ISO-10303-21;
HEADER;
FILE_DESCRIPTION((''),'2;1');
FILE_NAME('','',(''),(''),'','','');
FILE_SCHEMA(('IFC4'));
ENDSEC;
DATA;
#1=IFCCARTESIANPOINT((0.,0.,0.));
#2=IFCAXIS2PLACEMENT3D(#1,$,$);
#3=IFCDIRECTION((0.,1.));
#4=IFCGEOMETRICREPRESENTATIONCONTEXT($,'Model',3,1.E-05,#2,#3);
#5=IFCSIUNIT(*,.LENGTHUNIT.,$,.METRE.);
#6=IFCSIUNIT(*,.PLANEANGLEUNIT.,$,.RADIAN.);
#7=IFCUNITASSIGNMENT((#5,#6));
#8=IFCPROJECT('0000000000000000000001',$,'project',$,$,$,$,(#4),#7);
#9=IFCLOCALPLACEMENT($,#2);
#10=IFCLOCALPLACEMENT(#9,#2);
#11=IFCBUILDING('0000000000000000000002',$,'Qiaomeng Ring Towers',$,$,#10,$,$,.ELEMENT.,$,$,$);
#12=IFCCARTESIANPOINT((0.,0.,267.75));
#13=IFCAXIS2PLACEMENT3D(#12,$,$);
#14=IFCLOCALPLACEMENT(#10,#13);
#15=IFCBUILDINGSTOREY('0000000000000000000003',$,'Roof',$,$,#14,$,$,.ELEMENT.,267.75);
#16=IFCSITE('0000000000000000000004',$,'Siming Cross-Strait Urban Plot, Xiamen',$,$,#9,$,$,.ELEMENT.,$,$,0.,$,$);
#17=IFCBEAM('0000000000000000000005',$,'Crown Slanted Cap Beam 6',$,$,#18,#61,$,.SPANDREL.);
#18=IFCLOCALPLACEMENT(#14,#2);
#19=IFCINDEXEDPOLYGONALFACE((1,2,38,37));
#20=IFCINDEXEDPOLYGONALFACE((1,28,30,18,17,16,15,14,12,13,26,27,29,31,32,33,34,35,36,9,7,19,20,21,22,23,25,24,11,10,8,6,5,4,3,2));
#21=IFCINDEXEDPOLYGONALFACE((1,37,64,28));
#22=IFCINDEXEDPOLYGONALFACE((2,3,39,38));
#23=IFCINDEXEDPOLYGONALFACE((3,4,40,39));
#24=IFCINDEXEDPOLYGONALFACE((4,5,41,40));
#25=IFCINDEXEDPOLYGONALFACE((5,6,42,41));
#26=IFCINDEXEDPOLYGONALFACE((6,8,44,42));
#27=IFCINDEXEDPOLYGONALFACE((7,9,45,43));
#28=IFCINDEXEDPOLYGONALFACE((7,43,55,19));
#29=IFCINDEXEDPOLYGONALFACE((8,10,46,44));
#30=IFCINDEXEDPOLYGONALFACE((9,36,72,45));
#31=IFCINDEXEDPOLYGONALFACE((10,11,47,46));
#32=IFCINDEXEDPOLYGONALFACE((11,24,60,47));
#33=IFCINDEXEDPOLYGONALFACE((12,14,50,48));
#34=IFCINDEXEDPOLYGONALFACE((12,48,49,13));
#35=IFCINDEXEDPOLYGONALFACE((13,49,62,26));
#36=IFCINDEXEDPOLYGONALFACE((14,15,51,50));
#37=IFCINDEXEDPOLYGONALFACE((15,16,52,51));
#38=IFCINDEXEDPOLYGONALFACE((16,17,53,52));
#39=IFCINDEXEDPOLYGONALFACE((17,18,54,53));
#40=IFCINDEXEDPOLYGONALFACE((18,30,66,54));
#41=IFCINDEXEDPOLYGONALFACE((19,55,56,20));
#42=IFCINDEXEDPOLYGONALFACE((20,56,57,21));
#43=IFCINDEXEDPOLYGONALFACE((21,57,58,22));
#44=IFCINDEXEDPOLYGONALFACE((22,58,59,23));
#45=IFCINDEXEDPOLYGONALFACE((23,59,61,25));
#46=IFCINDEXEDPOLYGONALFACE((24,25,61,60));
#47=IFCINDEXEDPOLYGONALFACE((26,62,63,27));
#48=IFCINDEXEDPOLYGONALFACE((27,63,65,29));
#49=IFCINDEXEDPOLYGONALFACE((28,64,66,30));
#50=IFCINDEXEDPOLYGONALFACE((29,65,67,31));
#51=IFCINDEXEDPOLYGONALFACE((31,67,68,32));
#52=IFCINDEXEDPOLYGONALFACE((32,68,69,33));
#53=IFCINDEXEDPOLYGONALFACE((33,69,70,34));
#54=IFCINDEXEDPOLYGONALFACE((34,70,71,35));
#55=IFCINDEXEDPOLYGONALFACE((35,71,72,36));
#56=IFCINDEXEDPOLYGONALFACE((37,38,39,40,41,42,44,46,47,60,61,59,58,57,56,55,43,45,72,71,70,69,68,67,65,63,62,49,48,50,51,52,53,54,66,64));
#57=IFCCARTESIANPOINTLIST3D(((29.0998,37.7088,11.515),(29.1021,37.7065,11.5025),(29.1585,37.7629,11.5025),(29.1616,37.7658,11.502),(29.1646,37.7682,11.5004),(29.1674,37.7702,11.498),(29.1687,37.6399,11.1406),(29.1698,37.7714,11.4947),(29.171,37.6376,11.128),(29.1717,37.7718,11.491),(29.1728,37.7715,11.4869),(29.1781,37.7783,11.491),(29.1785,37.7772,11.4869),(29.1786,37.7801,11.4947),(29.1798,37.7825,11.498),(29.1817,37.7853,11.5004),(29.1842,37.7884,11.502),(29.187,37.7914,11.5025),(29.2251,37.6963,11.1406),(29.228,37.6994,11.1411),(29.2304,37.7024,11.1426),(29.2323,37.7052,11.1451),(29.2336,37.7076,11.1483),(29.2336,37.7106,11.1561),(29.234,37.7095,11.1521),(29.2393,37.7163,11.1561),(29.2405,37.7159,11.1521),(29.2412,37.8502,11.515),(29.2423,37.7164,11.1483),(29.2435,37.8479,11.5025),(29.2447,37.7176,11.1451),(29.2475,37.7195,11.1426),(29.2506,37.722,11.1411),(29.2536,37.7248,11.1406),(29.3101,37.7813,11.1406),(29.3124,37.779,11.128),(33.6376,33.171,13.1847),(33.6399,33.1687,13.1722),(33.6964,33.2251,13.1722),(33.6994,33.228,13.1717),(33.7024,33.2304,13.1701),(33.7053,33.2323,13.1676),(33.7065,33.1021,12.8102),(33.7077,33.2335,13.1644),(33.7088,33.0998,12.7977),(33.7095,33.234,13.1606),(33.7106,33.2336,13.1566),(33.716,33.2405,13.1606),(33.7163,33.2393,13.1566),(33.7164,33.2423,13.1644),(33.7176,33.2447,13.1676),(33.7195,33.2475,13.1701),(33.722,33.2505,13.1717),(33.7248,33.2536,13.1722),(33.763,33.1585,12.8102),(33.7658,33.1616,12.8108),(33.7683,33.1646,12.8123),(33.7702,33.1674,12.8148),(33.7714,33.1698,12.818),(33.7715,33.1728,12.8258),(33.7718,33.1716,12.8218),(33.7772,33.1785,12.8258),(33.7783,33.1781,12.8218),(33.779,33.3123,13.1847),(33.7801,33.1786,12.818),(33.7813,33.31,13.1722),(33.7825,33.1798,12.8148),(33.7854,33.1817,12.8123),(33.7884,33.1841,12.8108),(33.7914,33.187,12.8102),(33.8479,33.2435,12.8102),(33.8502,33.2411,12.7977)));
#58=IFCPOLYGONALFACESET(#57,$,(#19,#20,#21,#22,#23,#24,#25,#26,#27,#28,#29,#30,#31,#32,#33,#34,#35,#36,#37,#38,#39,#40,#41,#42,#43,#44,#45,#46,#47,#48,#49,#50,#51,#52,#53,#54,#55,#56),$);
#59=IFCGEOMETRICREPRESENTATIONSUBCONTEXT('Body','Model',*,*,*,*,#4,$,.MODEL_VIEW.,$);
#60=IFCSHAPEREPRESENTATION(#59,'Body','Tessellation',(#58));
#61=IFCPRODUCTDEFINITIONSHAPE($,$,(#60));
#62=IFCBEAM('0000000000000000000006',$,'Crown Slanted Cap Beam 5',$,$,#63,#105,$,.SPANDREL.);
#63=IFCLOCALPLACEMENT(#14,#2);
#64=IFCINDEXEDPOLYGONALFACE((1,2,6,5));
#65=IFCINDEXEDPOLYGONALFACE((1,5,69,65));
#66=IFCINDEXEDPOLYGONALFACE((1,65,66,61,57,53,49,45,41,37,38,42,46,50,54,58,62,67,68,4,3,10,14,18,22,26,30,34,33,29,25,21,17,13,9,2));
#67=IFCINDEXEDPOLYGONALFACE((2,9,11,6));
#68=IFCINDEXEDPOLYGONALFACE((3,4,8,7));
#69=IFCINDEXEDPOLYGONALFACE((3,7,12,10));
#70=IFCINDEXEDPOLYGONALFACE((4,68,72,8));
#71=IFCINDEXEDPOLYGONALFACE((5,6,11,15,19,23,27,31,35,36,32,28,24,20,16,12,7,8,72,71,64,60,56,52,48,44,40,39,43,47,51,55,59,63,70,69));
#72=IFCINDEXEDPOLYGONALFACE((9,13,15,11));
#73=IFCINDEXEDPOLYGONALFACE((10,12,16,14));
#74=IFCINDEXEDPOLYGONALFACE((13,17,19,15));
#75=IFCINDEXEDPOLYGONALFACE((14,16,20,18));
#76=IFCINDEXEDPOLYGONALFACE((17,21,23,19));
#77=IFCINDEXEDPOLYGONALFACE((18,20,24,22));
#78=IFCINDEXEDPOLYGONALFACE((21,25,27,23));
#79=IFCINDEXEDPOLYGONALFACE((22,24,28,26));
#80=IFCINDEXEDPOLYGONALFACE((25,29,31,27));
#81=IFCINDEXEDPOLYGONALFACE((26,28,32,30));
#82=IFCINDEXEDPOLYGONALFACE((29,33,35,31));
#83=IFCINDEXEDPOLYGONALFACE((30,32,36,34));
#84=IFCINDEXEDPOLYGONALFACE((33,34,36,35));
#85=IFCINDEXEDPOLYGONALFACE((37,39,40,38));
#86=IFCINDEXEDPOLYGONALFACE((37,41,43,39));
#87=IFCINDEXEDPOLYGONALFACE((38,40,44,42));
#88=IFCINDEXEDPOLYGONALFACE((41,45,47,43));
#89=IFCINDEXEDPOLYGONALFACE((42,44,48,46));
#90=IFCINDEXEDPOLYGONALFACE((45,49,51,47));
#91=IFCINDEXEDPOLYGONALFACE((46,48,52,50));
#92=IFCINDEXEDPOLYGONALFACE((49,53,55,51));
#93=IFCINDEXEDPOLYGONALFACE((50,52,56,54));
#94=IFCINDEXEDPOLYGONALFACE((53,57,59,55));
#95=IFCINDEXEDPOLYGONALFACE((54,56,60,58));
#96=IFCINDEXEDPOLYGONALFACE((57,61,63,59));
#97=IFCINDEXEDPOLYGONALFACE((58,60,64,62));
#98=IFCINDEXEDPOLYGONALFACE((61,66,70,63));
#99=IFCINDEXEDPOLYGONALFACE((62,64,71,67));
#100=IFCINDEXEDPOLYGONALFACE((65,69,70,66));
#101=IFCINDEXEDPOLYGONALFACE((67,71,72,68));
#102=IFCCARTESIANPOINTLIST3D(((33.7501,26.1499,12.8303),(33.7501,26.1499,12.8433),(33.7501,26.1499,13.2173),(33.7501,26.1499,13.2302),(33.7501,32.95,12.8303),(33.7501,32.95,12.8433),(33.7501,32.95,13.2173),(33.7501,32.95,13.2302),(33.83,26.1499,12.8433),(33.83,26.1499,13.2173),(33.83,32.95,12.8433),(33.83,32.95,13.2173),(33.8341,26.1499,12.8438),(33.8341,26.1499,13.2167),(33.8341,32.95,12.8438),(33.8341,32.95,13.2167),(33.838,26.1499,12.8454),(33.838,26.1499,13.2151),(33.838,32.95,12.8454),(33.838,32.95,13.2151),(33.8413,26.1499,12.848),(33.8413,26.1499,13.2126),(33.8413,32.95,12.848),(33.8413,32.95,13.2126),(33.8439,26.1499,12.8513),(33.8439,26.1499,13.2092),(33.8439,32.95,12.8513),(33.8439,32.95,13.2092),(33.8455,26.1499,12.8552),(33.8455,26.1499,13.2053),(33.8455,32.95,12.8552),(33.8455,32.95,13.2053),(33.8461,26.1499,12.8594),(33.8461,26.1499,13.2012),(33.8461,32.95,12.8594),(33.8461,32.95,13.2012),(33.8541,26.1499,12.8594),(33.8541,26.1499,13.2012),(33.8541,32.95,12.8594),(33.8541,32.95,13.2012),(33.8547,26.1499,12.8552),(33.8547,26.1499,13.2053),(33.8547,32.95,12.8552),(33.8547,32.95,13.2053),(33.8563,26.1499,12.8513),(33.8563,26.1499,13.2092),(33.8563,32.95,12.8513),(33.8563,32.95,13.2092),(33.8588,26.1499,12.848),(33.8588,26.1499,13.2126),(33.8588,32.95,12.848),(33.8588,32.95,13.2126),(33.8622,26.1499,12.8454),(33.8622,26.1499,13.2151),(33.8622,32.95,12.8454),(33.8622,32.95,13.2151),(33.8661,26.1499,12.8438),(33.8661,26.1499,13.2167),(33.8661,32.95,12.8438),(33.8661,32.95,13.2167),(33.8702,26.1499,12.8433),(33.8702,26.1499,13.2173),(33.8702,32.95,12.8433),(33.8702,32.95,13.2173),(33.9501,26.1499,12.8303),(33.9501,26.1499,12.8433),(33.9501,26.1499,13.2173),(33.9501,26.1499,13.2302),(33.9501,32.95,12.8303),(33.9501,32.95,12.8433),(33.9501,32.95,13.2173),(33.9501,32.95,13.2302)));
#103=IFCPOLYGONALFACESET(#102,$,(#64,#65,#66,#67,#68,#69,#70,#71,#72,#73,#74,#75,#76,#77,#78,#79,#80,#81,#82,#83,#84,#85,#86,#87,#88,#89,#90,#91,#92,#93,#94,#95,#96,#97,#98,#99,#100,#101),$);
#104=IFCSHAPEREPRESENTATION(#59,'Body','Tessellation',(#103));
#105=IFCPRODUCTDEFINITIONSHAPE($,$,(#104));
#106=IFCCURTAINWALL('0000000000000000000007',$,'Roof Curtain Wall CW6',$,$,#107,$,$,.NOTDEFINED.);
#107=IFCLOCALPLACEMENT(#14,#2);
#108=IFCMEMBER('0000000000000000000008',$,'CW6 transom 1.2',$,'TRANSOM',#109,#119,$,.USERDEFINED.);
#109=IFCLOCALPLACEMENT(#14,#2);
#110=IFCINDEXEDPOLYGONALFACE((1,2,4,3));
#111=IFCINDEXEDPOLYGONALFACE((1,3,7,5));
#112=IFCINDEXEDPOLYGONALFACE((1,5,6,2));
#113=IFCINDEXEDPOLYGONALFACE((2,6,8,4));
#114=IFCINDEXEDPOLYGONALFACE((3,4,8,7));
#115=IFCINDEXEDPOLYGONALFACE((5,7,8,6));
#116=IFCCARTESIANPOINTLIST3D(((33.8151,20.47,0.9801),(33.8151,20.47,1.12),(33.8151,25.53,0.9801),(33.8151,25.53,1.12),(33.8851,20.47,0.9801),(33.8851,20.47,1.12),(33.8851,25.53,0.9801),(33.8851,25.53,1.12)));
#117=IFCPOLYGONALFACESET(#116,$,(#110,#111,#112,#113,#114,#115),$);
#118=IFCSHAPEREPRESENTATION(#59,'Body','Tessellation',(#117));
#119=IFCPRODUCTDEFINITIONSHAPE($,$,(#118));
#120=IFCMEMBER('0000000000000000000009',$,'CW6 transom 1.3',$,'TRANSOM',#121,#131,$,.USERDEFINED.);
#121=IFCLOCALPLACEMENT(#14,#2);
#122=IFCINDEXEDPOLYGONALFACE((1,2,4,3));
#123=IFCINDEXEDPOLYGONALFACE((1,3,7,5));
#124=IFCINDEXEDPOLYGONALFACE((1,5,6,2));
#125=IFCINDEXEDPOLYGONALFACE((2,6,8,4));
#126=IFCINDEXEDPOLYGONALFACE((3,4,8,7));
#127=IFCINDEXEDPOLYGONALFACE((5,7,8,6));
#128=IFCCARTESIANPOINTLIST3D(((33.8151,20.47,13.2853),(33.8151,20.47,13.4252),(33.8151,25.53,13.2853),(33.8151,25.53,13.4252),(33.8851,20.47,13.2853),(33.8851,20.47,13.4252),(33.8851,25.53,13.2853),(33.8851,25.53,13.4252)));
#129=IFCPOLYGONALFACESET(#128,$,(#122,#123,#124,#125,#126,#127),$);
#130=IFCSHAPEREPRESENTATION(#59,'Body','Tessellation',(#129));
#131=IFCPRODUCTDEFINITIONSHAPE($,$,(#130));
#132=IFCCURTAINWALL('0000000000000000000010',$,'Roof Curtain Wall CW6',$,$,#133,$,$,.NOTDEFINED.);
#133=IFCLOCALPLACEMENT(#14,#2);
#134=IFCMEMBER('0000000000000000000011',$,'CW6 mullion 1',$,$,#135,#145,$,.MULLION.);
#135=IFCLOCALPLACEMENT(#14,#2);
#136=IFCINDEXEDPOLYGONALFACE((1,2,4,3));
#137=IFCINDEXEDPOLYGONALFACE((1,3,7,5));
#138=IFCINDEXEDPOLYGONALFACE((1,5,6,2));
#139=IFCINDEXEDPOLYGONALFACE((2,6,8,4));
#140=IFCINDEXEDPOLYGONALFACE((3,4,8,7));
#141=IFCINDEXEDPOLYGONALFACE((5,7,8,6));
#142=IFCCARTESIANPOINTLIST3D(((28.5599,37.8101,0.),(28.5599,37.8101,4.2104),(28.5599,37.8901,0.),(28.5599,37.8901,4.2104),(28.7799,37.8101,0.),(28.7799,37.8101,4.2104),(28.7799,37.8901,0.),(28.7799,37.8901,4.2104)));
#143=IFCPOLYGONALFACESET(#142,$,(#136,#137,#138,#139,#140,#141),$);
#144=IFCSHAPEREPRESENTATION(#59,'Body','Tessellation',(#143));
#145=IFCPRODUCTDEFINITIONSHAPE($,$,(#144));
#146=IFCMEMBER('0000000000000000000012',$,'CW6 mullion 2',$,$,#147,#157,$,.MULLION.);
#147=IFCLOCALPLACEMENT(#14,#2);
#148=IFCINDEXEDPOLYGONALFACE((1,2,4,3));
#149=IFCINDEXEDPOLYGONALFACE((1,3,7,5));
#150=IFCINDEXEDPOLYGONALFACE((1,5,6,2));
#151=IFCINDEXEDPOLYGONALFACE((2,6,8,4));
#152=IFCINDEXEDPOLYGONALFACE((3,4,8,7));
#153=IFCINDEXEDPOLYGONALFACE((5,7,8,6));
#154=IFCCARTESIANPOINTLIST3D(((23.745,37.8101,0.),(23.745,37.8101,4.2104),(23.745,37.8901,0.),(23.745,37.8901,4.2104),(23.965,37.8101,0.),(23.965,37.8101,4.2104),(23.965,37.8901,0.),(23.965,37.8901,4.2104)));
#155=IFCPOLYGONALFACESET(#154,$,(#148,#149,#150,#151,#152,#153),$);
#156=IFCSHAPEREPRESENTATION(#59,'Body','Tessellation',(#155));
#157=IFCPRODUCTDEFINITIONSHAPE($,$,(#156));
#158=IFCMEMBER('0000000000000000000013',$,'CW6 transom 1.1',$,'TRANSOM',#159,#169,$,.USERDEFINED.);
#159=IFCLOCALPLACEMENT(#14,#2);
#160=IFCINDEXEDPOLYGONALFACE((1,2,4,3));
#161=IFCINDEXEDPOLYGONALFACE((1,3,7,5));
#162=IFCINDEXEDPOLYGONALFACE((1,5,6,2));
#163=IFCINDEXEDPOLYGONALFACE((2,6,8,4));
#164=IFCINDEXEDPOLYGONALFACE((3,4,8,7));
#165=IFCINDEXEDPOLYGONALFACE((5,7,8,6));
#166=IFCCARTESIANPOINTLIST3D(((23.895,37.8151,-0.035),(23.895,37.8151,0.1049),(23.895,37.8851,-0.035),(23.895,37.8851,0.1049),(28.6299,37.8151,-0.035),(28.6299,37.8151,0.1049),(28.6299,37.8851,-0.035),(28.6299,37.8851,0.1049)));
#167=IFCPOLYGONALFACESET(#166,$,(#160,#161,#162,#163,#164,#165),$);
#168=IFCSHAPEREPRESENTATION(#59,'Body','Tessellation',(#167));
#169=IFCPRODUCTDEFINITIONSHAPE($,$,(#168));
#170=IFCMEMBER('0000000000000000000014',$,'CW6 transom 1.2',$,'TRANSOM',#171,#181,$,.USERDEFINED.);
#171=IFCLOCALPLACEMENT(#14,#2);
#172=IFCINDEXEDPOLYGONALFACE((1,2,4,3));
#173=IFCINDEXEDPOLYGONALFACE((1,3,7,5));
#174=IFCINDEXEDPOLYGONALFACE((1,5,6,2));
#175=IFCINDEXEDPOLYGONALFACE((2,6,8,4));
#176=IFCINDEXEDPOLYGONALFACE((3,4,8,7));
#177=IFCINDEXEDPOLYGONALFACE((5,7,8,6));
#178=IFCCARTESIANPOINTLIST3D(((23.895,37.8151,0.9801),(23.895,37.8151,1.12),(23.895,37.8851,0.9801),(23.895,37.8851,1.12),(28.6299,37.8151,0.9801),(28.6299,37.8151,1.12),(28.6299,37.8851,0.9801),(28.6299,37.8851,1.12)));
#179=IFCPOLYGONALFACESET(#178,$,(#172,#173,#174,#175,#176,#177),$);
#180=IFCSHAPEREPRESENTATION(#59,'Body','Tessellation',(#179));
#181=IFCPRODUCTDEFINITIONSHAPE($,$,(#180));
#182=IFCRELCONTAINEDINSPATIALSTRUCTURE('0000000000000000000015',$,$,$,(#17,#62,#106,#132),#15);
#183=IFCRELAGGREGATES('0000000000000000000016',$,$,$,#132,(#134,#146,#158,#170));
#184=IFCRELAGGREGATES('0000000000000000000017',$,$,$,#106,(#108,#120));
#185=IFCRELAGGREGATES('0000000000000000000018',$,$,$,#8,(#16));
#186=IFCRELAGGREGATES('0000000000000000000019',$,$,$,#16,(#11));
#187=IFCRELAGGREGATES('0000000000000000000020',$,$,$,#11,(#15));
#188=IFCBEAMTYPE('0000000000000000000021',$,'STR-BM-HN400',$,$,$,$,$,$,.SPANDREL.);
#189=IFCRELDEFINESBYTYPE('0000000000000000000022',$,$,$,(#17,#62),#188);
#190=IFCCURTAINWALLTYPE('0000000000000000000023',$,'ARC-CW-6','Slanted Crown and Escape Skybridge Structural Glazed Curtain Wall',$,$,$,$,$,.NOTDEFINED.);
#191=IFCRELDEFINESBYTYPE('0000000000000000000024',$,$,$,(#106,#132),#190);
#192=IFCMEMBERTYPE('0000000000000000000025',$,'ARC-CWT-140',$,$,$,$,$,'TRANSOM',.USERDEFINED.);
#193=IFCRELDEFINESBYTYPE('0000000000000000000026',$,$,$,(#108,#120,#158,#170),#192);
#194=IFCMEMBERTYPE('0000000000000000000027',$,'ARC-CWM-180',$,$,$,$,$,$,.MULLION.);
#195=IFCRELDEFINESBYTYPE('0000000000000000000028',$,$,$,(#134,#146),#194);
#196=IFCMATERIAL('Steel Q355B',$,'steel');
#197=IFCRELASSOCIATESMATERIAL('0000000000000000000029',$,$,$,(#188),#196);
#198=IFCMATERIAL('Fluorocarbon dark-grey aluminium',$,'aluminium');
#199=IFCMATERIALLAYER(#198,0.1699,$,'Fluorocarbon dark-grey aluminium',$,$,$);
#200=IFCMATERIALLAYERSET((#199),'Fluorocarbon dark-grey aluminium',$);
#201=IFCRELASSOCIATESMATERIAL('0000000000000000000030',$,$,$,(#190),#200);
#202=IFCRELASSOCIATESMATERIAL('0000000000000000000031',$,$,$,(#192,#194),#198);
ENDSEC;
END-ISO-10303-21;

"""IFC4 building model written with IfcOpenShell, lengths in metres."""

from ifc_helpers import new_model, si_unit, direction, frame, origin, origin_2d, place, context, subcontext, project, spatial, rectangle, i_section, extrude, source, transform, mapped, material, layer, layer_set, material_profile, profile_set, type_object, element, aggregate, save


model = new_model("IFC4")

# Units and contexts
model_context = context("Model", 3, precision=1e-05, world=origin(), true_north=direction((0.0, 1.0)))
body_context = subcontext(model_context, "Body", "Model", "MODEL_VIEW")
ifc_project = project(units=[si_unit("LENGTHUNIT", "METRE"), si_unit("PLANEANGLEUNIT", "RADIAN")], contexts=[model_context])

# Site, building, storey
site_placement = place(None, origin())
site = spatial("IfcSite", under=ifc_project, at=site_placement, Name="Siming Cross-Strait Urban Plot, Xiamen", CompositionType="ELEMENT", RefElevation=0.0)
building_placement = place(site_placement, origin())
building = spatial("IfcBuilding", under=site, at=building_placement, Name="Qiaomeng Ring Towers", CompositionType="ELEMENT")
storey_placement = place(building_placement, frame((0.0, 0.0, 267.75)))
storey = spatial("IfcBuildingStorey", under=building, at=storey_placement, Name="Roof", CompositionType="ELEMENT", Elevation=267.75)

# Shared definitions
ifc_material_1 = material(Name="Steel Q355B", Category="steel")

# Beams
ifc_material_profile_1 = material_profile(ifc_material_1, i_section(OverallWidth=0.2, OverallDepth=0.3999, WebThickness=0.0081, FlangeThickness=0.0129, FilletRadius=0.0161, at=origin_2d()), Name="HN 400x200x8x13")
ifc_profile_set_1 = profile_set([ifc_material_profile_1], Name="Steel Q355B")
beam_type = type_object("IfcBeamType", Name="STR-BM-HN400", PredefinedType="SPANDREL", material=ifc_profile_set_1)
shared_shape_1 = source(origin(), body_context, "Body", "SweptSolid", [
    extrude(i_section(OverallWidth=0.2, OverallDepth=0.3999, WebThickness=0.0081, FlangeThickness=0.0129, FilletRadius=0.0161, at=origin_2d()), origin(), (0.0, 0.0, 1.0), 6.6311),
])
beam_1_placement = place(storey_placement, frame((33.7439, 33.2061, 12.9912), z_axis=(-0.684324, 0.684324, -0.251794), x_axis=(-0.707107, -0.707107, 0.0)))
element("IfcBeam", 1, at=beam_1_placement, inside=storey, type_object=beam_type, Name="Crown Slanted Cap Beam 6", PredefinedType="SPANDREL", context=body_context, shape_type="MappedRepresentation", body=[
    mapped(shared_shape_1, transform((0.0, 0.0, 0.0), x_axis=(1.0, 0.0, 0.0), y_axis=(0.0, 1.0, 0.0), z_axis=(0.0, 0.0, 1.0), scale=1.0)),
])
shared_shape_2 = source(origin(), body_context, "Body", "SweptSolid", [
    extrude(i_section(OverallWidth=0.2, OverallDepth=0.3999, WebThickness=0.0081, FlangeThickness=0.0129, FilletRadius=0.0161, at=origin_2d()), origin(), (0.0, 0.0, 1.0), 6.8),
])
beam_2_placement = place(storey_placement, frame((33.8501, 26.1499, 13.0303), z_axis=(0.0, 1.0, 0.0), x_axis=(-1.0, 0.0, 0.0)))
element("IfcBeam", 2, at=beam_2_placement, inside=storey, type_object=beam_type, Name="Crown Slanted Cap Beam 5", PredefinedType="SPANDREL", context=body_context, shape_type="MappedRepresentation", body=[
    mapped(shared_shape_2, transform((0.0, 0.0, 0.0), x_axis=(1.0, 0.0, 0.0), y_axis=(0.0, 1.0, 0.0), z_axis=(0.0, 0.0, 1.0), scale=1.0)),
])

# Curtain walls, members
ifc_material_2 = material(Name="Fluorocarbon dark-grey aluminium", Category="aluminium")
ifc_layer_1 = layer(ifc_material_2, 0.1699, Name="Fluorocarbon dark-grey aluminium")
ifc_layer_set_1 = layer_set([ifc_layer_1], Name="Fluorocarbon dark-grey aluminium")
curtain_wall_type = type_object("IfcCurtainWallType", Name="ARC-CW-6", Description="Slanted Crown and Escape Skybridge Structural Glazed Curtain Wall", PredefinedType="NOTDEFINED", material=ifc_layer_set_1)
curtain_wall_1_placement = place(storey_placement, origin())
curtain_wall_1 = element("IfcCurtainWall", 3, at=curtain_wall_1_placement, inside=storey, type_object=curtain_wall_type, Name="Roof Curtain Wall CW6", PredefinedType="NOTDEFINED")
ifc_material_profile_2 = material_profile(ifc_material_2, rectangle(XDim=0.0701, YDim=0.1399, at=origin_2d()), Name="ALU TRAN 70x140")
ifc_profile_set_2 = profile_set([ifc_material_profile_2], Name="Fluorocarbon dark-grey aluminium")
member_type_1 = type_object("IfcMemberType", Name="ARC-CWT-140", ElementType="TRANSOM", PredefinedType="USERDEFINED", material=ifc_profile_set_2)
shared_shape_3 = source(origin(), body_context, "Body", "SweptSolid", [
    extrude(rectangle(XDim=0.0701, YDim=0.1399, at=origin_2d()), origin(), (0.0, 0.0, 1.0), 5.0601),
])
member_1_placement = place(storey_placement, frame((33.8501, 20.47, 1.05), z_axis=(0.0, 1.0, 0.0), x_axis=(-1.0, 0.0, 0.0)))
member_1 = element("IfcMember", 4, at=member_1_placement, type_object=member_type_1, Name="CW6 transom 1.2", ObjectType="TRANSOM", PredefinedType="USERDEFINED", context=body_context, shape_type="MappedRepresentation", body=[
    mapped(shared_shape_3, transform((0.0, 0.0, 0.0), x_axis=(1.0, 0.0, 0.0), y_axis=(0.0, 1.0, 0.0), z_axis=(0.0, 0.0, 1.0), scale=1.0)),
])
member_2_placement = place(storey_placement, frame((33.8501, 20.47, 13.3552), z_axis=(0.0, 1.0, 0.0), x_axis=(-1.0, 0.0, 0.0)))
member_2 = element("IfcMember", 5, at=member_2_placement, type_object=member_type_1, Name="CW6 transom 1.3", ObjectType="TRANSOM", PredefinedType="USERDEFINED", context=body_context, shape_type="MappedRepresentation", body=[
    mapped(shared_shape_3, transform((0.0, 0.0, 0.0), x_axis=(1.0, 0.0, 0.0), y_axis=(0.0, 1.0, 0.0), z_axis=(0.0, 0.0, 1.0), scale=1.0)),
])
curtain_wall_2_placement = place(storey_placement, origin())
curtain_wall_2 = element("IfcCurtainWall", 6, at=curtain_wall_2_placement, inside=storey, type_object=curtain_wall_type, Name="Roof Curtain Wall CW6", PredefinedType="NOTDEFINED")
ifc_material_profile_3 = material_profile(ifc_material_2, rectangle(XDim=0.0801, YDim=0.22, at=origin_2d()), Name="ALU MULL 80x220")
ifc_profile_set_3 = profile_set([ifc_material_profile_3], Name="Fluorocarbon dark-grey aluminium")
member_type_2 = type_object("IfcMemberType", Name="ARC-CWM-180", PredefinedType="MULLION", material=ifc_profile_set_3)
shared_shape_4 = source(origin(), body_context, "Body", "SweptSolid", [
    extrude(rectangle(XDim=0.0801, YDim=0.22, at=origin_2d()), origin(), (0.0, 0.0, 1.0), 4.2104),
])
member_3_placement = place(storey_placement, frame((28.6699, 37.8501, 0.0), z_axis=(0.0, 0.0, 1.0), x_axis=(0.0, -1.0, 0.0)))
member_3 = element("IfcMember", 7, at=member_3_placement, type_object=member_type_2, Name="CW6 mullion 1", PredefinedType="MULLION", context=body_context, shape_type="MappedRepresentation", body=[
    mapped(shared_shape_4, transform((0.0, 0.0, 0.0), x_axis=(1.0, 0.0, 0.0), y_axis=(0.0, 1.0, 0.0), z_axis=(0.0, 0.0, 1.0), scale=1.0)),
])
member_4_placement = place(storey_placement, frame((23.855, 37.8501, 0.0), z_axis=(0.0, 0.0, 1.0), x_axis=(0.0, -1.0, 0.0)))
member_4 = element("IfcMember", 8, at=member_4_placement, type_object=member_type_2, Name="CW6 mullion 2", PredefinedType="MULLION", context=body_context, shape_type="MappedRepresentation", body=[
    mapped(shared_shape_4, transform((0.0, 0.0, 0.0), x_axis=(1.0, 0.0, 0.0), y_axis=(0.0, 1.0, 0.0), z_axis=(0.0, 0.0, 1.0), scale=1.0)),
])
shared_shape_5 = source(origin(), body_context, "Body", "SweptSolid", [
    extrude(rectangle(XDim=0.0701, YDim=0.1399, at=origin_2d()), origin(), (0.0, 0.0, 1.0), 4.7349),
])
member_5_placement = place(storey_placement, frame((28.6299, 37.8501, 0.0349), z_axis=(-1.0, 0.0, 0.0), x_axis=(0.0, -1.0, 0.0)))
member_5 = element("IfcMember", 9, at=member_5_placement, type_object=member_type_1, Name="CW6 transom 1.1", ObjectType="TRANSOM", PredefinedType="USERDEFINED", context=body_context, shape_type="MappedRepresentation", body=[
    mapped(shared_shape_5, transform((0.0, 0.0, 0.0), x_axis=(1.0, 0.0, 0.0), y_axis=(0.0, 1.0, 0.0), z_axis=(0.0, 0.0, 1.0), scale=1.0)),
])
member_6_placement = place(storey_placement, frame((28.6299, 37.8501, 1.05), z_axis=(-1.0, 0.0, 0.0), x_axis=(0.0, -1.0, 0.0)))
member_6 = element("IfcMember", 10, at=member_6_placement, type_object=member_type_1, Name="CW6 transom 1.2", ObjectType="TRANSOM", PredefinedType="USERDEFINED", context=body_context, shape_type="MappedRepresentation", body=[
    mapped(shared_shape_5, transform((0.0, 0.0, 0.0), x_axis=(1.0, 0.0, 0.0), y_axis=(0.0, 1.0, 0.0), z_axis=(0.0, 0.0, 1.0), scale=1.0)),
])

aggregate(curtain_wall_2, [member_3, member_4, member_5, member_6])
aggregate(curtain_wall_1, [member_1, member_2])

save(model, "model.ifc")
